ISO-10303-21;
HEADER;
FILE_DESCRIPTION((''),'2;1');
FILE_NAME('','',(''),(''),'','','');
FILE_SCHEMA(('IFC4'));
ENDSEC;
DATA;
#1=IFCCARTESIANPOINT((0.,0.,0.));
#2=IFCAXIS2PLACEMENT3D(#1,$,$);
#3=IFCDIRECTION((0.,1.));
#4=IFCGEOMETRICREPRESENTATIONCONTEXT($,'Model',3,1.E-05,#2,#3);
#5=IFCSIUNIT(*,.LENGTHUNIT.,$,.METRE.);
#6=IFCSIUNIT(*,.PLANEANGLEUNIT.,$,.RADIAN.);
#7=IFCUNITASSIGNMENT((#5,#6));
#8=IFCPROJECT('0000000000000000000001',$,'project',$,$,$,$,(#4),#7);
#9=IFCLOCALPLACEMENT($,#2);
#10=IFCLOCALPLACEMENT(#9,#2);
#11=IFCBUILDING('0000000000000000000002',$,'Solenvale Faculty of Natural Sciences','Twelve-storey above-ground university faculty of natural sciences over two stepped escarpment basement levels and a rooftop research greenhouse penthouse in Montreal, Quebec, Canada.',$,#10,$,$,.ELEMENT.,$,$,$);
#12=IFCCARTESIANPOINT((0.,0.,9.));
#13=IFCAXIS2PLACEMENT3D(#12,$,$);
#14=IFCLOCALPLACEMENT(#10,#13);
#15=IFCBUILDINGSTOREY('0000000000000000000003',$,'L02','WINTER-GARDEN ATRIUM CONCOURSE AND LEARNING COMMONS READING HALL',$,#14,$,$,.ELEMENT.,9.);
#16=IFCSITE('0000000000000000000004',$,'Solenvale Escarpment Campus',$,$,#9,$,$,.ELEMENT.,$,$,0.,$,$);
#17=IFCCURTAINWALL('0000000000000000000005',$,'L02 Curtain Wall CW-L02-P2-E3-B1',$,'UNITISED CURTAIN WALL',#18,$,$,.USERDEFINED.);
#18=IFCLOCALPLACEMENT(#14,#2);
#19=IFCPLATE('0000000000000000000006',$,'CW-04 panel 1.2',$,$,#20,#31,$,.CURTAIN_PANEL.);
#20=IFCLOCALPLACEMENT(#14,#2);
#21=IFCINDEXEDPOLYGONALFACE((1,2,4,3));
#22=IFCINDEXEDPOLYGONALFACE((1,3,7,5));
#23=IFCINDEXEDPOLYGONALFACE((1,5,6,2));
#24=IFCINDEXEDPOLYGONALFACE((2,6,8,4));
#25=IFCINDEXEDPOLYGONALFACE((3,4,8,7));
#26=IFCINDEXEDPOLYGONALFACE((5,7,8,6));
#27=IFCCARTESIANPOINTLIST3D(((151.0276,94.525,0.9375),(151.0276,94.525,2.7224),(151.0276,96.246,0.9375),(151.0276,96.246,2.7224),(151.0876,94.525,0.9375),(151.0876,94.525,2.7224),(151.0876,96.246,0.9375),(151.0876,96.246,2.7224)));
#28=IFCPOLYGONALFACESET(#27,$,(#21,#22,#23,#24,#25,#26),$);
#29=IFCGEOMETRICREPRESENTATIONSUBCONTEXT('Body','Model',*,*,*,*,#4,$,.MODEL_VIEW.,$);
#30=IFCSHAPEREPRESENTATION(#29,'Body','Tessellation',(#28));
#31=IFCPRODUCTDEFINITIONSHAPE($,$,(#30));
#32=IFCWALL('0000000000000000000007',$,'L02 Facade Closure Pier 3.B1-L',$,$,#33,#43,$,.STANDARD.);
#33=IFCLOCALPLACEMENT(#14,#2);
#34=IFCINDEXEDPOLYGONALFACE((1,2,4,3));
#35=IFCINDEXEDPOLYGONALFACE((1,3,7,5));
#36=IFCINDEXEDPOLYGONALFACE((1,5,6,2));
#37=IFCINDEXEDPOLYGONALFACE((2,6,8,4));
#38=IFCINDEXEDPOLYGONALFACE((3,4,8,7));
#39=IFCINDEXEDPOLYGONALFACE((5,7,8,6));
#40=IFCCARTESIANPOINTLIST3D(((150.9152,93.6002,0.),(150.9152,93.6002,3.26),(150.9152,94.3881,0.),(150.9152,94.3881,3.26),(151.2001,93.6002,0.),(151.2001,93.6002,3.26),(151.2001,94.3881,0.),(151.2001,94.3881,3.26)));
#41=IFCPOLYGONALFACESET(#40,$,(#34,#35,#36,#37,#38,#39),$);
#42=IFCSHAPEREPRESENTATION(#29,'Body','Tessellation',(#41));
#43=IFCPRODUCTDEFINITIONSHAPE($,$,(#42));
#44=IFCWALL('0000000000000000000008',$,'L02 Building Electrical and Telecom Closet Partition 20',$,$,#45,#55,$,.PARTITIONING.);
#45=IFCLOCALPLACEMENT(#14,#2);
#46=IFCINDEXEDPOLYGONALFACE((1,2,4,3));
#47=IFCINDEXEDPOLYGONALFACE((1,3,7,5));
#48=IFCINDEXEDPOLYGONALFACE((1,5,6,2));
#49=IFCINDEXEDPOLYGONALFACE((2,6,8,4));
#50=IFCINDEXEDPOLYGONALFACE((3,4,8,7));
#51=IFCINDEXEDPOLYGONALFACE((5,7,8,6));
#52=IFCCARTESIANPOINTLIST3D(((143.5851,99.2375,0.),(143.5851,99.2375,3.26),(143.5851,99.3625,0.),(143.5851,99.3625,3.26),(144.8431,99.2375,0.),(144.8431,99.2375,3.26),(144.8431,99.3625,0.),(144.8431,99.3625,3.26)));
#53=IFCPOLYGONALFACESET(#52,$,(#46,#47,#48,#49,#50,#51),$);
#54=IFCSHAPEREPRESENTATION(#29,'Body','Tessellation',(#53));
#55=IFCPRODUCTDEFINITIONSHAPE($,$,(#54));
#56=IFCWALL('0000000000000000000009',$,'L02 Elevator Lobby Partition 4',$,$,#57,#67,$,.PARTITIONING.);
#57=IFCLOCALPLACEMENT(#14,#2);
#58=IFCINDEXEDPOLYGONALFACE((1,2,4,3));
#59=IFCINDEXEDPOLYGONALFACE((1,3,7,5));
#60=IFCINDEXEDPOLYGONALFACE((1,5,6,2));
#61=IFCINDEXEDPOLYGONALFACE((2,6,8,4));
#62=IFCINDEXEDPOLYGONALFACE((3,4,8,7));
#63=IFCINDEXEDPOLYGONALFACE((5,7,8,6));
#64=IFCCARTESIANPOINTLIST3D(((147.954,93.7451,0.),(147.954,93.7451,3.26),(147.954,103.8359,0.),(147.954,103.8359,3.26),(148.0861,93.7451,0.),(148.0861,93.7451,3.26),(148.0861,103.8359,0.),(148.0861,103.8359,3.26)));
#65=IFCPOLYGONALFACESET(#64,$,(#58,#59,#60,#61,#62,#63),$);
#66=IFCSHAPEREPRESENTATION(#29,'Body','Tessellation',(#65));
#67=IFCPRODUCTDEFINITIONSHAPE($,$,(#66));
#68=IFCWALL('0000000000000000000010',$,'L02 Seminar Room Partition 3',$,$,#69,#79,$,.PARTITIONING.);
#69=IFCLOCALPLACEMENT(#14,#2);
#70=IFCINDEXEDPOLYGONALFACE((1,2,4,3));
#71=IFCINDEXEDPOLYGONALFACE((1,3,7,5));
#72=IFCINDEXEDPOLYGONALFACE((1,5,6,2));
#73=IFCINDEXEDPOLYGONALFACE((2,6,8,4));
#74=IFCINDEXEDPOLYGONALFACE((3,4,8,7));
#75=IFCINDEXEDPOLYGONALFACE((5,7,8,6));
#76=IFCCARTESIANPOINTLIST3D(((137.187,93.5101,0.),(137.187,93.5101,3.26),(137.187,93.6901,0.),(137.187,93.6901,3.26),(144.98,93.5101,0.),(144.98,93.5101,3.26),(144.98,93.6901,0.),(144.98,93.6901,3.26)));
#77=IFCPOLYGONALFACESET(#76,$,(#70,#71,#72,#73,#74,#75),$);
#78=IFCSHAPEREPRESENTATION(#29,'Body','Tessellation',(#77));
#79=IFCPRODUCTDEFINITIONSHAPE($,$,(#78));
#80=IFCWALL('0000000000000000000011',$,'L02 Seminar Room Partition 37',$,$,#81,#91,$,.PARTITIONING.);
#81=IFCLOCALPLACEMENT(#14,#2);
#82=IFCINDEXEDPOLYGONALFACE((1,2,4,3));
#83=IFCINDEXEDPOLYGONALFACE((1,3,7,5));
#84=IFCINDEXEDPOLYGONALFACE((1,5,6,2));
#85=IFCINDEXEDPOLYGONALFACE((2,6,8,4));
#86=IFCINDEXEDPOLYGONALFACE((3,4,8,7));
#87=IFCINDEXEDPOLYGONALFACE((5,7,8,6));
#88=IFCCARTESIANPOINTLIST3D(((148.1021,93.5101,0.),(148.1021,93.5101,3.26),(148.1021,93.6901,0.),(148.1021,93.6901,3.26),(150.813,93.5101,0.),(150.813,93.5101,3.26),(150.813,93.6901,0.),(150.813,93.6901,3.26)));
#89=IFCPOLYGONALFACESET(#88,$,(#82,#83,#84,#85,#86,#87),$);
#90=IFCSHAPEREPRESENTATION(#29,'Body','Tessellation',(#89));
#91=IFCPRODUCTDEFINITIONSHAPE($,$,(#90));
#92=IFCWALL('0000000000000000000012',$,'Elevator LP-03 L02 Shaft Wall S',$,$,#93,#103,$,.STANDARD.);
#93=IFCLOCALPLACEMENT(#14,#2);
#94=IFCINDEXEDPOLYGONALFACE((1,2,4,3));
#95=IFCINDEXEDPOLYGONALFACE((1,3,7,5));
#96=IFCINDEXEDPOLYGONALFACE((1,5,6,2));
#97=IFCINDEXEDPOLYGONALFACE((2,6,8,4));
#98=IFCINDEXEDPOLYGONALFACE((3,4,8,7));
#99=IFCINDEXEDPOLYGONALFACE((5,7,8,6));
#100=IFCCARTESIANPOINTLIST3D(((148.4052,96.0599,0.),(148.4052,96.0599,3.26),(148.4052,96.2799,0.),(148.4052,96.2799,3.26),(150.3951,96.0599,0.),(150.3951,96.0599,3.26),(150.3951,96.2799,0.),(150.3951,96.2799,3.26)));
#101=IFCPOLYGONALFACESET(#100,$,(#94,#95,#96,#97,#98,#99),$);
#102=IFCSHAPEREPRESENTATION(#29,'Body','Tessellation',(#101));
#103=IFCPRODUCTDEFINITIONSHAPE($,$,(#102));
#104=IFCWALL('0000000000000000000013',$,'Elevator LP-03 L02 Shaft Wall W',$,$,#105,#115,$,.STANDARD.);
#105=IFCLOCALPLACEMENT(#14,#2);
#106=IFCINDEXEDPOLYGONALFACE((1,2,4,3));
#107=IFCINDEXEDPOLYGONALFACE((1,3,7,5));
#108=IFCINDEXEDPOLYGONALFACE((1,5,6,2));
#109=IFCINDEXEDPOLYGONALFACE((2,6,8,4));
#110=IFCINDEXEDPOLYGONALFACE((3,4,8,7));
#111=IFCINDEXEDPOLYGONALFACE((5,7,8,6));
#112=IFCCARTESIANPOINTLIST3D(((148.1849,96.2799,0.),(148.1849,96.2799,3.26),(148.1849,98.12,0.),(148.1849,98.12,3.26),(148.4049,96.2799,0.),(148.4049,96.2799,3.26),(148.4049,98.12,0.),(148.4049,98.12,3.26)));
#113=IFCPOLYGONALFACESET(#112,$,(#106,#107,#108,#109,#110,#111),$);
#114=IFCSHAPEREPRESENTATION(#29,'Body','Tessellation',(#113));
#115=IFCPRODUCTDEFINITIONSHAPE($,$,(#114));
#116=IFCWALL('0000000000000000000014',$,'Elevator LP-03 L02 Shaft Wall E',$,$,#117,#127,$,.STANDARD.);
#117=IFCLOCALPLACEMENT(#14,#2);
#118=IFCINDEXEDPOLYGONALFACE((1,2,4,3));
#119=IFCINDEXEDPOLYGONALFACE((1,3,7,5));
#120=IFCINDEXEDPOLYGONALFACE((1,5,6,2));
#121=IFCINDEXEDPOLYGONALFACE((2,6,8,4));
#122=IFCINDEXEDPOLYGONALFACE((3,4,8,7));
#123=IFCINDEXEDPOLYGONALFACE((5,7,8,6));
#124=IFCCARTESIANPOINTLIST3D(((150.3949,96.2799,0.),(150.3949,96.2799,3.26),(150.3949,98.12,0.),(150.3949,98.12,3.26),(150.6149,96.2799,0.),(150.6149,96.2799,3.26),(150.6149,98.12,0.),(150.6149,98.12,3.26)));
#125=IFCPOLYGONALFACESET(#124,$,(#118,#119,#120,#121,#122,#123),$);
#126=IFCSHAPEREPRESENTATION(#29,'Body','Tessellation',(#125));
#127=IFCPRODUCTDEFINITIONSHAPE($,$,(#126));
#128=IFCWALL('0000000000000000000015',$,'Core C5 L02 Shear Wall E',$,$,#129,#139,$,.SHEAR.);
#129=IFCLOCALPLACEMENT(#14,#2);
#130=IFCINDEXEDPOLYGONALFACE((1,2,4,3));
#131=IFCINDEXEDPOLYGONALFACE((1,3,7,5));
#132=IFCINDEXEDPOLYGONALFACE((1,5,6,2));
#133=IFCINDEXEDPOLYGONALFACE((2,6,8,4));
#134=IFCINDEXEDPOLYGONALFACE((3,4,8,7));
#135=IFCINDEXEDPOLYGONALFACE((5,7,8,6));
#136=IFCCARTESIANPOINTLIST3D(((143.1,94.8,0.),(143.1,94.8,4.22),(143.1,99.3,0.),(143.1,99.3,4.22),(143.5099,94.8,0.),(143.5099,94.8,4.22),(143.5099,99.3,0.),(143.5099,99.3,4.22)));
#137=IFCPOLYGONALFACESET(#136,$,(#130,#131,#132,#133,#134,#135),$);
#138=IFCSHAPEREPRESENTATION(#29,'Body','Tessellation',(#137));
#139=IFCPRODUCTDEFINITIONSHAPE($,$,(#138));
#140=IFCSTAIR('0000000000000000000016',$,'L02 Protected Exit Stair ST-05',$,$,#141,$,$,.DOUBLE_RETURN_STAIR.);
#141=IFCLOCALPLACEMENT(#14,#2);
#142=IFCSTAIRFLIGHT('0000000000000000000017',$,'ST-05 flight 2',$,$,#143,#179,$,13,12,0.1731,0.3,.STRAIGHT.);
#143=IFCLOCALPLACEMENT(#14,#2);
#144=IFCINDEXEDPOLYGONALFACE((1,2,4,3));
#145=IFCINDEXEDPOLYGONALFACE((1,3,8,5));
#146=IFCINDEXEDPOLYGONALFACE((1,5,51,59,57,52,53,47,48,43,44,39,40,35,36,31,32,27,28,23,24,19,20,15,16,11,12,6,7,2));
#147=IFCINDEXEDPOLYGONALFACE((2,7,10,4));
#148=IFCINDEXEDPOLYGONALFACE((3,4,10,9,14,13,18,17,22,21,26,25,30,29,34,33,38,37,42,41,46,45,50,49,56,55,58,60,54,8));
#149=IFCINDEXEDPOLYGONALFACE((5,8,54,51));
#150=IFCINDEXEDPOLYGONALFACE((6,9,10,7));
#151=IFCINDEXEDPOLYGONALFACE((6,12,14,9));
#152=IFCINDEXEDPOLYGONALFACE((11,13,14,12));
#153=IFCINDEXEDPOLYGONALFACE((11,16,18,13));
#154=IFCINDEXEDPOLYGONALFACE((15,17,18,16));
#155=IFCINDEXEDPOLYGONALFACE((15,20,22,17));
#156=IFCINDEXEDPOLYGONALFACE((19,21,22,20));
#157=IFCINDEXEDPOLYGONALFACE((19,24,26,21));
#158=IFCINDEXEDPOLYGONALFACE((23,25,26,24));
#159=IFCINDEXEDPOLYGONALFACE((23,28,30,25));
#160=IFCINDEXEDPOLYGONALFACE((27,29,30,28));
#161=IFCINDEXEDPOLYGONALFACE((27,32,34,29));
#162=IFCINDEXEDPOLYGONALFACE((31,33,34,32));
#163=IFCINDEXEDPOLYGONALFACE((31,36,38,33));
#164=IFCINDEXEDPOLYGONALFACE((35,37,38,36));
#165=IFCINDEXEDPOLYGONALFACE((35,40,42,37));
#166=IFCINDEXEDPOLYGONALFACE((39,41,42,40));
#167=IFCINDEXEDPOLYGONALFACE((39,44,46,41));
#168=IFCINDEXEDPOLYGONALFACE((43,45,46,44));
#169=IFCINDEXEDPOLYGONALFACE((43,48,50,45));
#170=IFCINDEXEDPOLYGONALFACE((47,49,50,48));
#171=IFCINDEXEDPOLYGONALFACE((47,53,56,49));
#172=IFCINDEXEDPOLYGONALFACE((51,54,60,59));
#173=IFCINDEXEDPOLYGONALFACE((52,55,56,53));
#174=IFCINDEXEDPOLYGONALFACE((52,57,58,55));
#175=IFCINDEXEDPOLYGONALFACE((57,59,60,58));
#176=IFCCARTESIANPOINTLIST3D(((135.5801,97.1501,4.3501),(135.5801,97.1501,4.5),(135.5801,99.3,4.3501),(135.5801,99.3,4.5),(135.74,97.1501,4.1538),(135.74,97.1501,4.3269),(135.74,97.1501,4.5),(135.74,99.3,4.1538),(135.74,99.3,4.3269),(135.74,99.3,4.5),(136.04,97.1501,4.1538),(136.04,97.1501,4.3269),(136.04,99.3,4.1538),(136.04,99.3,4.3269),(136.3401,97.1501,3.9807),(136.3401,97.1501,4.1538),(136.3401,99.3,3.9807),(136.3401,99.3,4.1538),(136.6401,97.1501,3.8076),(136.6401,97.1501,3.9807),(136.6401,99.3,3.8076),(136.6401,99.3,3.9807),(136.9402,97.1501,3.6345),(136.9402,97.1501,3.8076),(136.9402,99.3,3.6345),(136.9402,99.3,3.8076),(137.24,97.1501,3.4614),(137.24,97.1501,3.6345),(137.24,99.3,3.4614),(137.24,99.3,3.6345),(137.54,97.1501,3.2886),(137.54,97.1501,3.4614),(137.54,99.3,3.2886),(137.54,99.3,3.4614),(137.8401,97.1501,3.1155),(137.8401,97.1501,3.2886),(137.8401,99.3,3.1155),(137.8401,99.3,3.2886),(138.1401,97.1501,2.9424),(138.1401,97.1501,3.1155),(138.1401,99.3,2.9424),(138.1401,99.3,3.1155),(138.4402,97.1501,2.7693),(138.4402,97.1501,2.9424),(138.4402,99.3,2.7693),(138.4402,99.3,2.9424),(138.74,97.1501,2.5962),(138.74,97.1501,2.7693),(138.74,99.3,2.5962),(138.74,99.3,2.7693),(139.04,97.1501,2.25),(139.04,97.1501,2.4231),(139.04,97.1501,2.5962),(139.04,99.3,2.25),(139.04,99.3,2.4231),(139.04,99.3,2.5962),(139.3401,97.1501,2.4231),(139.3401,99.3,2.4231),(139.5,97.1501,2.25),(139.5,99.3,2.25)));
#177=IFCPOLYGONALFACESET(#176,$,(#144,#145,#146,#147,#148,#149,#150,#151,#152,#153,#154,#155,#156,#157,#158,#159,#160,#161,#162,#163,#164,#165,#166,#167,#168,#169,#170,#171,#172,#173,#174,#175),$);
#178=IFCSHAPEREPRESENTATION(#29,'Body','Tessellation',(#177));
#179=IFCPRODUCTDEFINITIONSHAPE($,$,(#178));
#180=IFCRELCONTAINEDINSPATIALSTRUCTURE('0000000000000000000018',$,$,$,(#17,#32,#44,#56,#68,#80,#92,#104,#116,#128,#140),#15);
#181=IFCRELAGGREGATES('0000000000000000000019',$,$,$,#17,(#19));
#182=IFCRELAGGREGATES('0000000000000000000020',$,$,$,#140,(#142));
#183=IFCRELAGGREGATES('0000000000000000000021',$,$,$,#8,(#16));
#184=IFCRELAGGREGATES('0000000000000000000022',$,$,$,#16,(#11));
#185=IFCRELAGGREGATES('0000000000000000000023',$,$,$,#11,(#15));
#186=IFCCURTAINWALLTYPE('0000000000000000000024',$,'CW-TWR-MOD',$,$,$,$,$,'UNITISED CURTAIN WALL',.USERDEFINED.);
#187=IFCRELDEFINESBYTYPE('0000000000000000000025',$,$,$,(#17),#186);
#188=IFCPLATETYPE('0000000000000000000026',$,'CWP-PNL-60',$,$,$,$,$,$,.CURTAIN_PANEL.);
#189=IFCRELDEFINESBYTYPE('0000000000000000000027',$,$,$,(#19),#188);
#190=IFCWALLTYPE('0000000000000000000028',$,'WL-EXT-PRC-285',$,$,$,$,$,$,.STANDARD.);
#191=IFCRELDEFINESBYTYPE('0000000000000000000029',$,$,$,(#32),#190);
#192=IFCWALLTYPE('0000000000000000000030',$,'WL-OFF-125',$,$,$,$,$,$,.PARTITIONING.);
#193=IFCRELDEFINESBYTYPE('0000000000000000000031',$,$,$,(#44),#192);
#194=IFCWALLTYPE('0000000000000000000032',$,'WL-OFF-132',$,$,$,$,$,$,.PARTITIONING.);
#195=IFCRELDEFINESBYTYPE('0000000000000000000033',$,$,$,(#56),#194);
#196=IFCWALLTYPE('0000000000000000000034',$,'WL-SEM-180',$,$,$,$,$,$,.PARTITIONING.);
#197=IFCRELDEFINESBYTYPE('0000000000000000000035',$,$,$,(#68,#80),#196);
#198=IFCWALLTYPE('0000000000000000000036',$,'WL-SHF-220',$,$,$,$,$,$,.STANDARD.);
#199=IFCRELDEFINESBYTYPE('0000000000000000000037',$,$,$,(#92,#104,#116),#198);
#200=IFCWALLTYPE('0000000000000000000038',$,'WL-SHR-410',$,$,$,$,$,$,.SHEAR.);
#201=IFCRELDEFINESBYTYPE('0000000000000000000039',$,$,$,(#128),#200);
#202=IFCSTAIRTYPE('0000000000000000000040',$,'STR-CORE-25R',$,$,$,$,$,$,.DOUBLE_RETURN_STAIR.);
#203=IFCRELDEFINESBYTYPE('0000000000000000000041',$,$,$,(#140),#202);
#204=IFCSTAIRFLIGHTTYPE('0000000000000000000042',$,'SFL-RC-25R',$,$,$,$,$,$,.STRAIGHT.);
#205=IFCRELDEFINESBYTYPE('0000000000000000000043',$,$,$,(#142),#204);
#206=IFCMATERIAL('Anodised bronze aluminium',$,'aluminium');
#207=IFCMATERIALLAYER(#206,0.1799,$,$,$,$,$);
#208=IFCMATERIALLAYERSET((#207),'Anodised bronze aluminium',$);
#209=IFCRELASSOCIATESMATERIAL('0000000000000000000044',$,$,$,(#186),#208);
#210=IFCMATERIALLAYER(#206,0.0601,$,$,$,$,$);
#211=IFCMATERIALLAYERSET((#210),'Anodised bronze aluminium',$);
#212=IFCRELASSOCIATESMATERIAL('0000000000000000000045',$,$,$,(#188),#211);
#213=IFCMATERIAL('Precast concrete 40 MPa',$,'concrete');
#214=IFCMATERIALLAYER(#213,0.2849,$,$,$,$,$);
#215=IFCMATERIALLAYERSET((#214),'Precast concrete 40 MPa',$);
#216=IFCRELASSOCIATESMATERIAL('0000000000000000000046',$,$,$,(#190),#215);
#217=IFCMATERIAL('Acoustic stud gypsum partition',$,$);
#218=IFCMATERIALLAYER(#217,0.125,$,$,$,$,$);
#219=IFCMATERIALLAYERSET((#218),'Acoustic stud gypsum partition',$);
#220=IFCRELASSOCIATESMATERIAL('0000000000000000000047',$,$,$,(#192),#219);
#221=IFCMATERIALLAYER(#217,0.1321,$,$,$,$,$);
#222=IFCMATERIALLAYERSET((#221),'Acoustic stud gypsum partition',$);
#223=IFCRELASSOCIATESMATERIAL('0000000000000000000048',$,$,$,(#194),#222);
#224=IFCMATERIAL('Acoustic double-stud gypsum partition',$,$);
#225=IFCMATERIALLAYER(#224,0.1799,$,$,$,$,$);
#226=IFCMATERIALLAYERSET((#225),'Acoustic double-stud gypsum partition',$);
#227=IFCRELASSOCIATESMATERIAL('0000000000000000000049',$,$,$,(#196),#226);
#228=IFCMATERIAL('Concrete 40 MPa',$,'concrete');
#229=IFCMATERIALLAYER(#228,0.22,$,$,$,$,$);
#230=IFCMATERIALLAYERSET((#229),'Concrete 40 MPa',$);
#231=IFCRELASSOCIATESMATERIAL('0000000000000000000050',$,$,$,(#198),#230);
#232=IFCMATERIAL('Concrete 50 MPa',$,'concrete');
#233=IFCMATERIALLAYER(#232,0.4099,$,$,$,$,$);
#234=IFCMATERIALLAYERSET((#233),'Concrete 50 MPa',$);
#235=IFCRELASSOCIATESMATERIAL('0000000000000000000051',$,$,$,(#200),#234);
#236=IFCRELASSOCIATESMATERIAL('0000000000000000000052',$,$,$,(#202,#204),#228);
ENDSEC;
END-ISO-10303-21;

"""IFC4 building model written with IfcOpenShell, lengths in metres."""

from ifc_helpers import new_model, si_unit, direction, frame, frame_2d, origin, origin_2d, place, context, subcontext, project, spatial, polyline, rectangle, outline, extrude, material, layer, layer_set, type_object, element, aggregate, save


model = new_model("IFC4")

# Units and contexts
model_context = context("Model", 3, precision=1e-05, world=origin(), true_north=direction((0.0, 1.0)))
body_context = subcontext(model_context, "Body", "Model", "MODEL_VIEW")
ifc_project = project(units=[si_unit("LENGTHUNIT", "METRE"), si_unit("PLANEANGLEUNIT", "RADIAN")], contexts=[model_context])

# Site, building, storey
site_placement = place(None, origin())
site = spatial("IfcSite", under=ifc_project, at=site_placement, Name="Solenvale Escarpment Campus", CompositionType="ELEMENT", RefElevation=0.0)
building_placement = place(site_placement, origin())
building = spatial("IfcBuilding", under=site, at=building_placement, Name="Solenvale Faculty of Natural Sciences", Description="Twelve-storey above-ground university faculty of natural sciences over two stepped escarpment basement levels and a rooftop research greenhouse penthouse in Montreal, Quebec, Canada.", CompositionType="ELEMENT")
storey_placement = place(building_placement, frame((0.0, 0.0, 9.0)))
storey = spatial("IfcBuildingStorey", under=building, at=storey_placement, Name="L02", Description="WINTER-GARDEN ATRIUM CONCOURSE AND LEARNING COMMONS READING HALL", CompositionType="ELEMENT", Elevation=9.0)

# Shared definitions
ifc_material_1 = material(Name="Concrete 50 MPa", Category="concrete")

# Shared definitions
ifc_material_2 = material(Name="Concrete 40 MPa", Category="concrete")

# Curtain wall, plate
ifc_material_3 = material(Name="Anodised bronze aluminium", Category="aluminium")
ifc_layer_1 = layer(ifc_material_3, 0.1799)
ifc_layer_set_1 = layer_set([ifc_layer_1], Name="Anodised bronze aluminium")
curtain_wall_type = type_object("IfcCurtainWallType", Name="CW-TWR-MOD", ElementType="UNITISED CURTAIN WALL", PredefinedType="USERDEFINED", material=ifc_layer_set_1)
curtain_wall_placement = place(storey_placement, origin())
curtain_wall = element("IfcCurtainWall", 1, at=curtain_wall_placement, inside=storey, type_object=curtain_wall_type, Name="L02 Curtain Wall CW-L02-P2-E3-B1", ObjectType="UNITISED CURTAIN WALL", PredefinedType="USERDEFINED")
ifc_layer_2 = layer(ifc_material_3, 0.0601)
ifc_layer_set_2 = layer_set([ifc_layer_2], Name="Anodised bronze aluminium")
plate_type = type_object("IfcPlateType", Name="CWP-PNL-60", PredefinedType="CURTAIN_PANEL", material=ifc_layer_set_2)
plate_1_placement = place(storey_placement, frame((151.0576, 95.3855, 0.9375), z_axis=(0.0, 0.0, 1.0), x_axis=(0.0, 1.0, 0.0)))
plate_1 = element("IfcPlate", 2, at=plate_1_placement, type_object=plate_type, Name="CW-04 panel 1.2", PredefinedType="CURTAIN_PANEL", context=body_context, shape_type="SweptSolid", body=[
    extrude(rectangle(XDim=1.7209, YDim=0.0601, at=origin_2d()), origin(), (0.0, 0.0, 1.0), 1.7849),
])
aggregate(curtain_wall, [plate_1])

# Walls
ifc_material_4 = material(Name="Precast concrete 40 MPa", Category="concrete")
ifc_layer_3 = layer(ifc_material_4, 0.2849)
ifc_layer_set_3 = layer_set([ifc_layer_3], Name="Precast concrete 40 MPa")
wall_type_1 = type_object("IfcWallType", Name="WL-EXT-PRC-285", PredefinedType="STANDARD", material=ifc_layer_set_3)
wall_1_placement = place(storey_placement, frame((151.0576, 93.6001, 0.0), z_axis=(0.0, 0.0, 1.0), x_axis=(0.0, 1.0, 0.0)))
element("IfcWall", 3, at=wall_1_placement, inside=storey, type_object=wall_type_1, Name="L02 Facade Closure Pier 3.B1-L", PredefinedType="STANDARD", context=body_context, shape_type="SweptSolid", body=[
    extrude(rectangle(XDim=0.7878, YDim=0.2849, at=frame_2d((0.394, 0.0))), origin(), (0.0, 0.0, 1.0), 3.26),
])
ifc_material_5 = material(Name="Acoustic stud gypsum partition")
ifc_layer_4 = layer(ifc_material_5, 0.125)
ifc_layer_set_4 = layer_set([ifc_layer_4], Name="Acoustic stud gypsum partition")
wall_type_2 = type_object("IfcWallType", Name="WL-OFF-125", PredefinedType="PARTITIONING", material=ifc_layer_set_4)
wall_2_placement = place(storey_placement, frame((144.843, 99.3, 0.0), z_axis=(0.0, 0.0, 1.0), x_axis=(-1.0, 0.0, 0.0)))
element("IfcWall", 4, at=wall_2_placement, inside=storey, type_object=wall_type_2, Name="L02 Building Electrical and Telecom Closet Partition 20", PredefinedType="PARTITIONING", context=body_context, shape_type="SweptSolid", body=[
    extrude(rectangle(XDim=1.2581, YDim=0.125, at=frame_2d((0.6289, 0.0))), origin(), (0.0, 0.0, 1.0), 3.26),
])
ifc_layer_5 = layer(ifc_material_5, 0.1321)
ifc_layer_set_5 = layer_set([ifc_layer_5], Name="Acoustic stud gypsum partition")
wall_type_3 = type_object("IfcWallType", Name="WL-OFF-132", PredefinedType="PARTITIONING", material=ifc_layer_set_5)
wall_3_placement = place(storey_placement, frame((148.02, 93.7451, 0.0), z_axis=(0.0, 0.0, 1.0), x_axis=(0.0, 1.0, 0.0)))
element("IfcWall", 5, at=wall_3_placement, inside=storey, type_object=wall_type_3, Name="L02 Elevator Lobby Partition 4", PredefinedType="PARTITIONING", context=body_context, shape_type="SweptSolid", body=[
    extrude(rectangle(XDim=10.0908, YDim=0.1321, at=frame_2d((5.0454, 0.0))), origin(), (0.0, 0.0, 1.0), 3.26),
])
ifc_material_6 = material(Name="Acoustic double-stud gypsum partition")
ifc_layer_6 = layer(ifc_material_6, 0.1799)
ifc_layer_set_6 = layer_set([ifc_layer_6], Name="Acoustic double-stud gypsum partition")
wall_type_4 = type_object("IfcWallType", Name="WL-SEM-180", PredefinedType="PARTITIONING", material=ifc_layer_set_6)
wall_4_placement = place(storey_placement, frame((137.187, 93.6001, 0.0), z_axis=(0.0, 0.0, 1.0), x_axis=(1.0, 0.0, 0.0)))
element("IfcWall", 6, at=wall_4_placement, inside=storey, type_object=wall_type_4, Name="L02 Seminar Room Partition 3", PredefinedType="PARTITIONING", context=body_context, shape_type="SweptSolid", body=[
    extrude(rectangle(XDim=7.793, YDim=0.1799, at=frame_2d((3.8965, 0.0))), origin(), (0.0, 0.0, 1.0), 3.26),
])

# Walls
wall_5_placement = place(storey_placement, frame((148.1021, 93.6001, 0.0), z_axis=(0.0, 0.0, 1.0), x_axis=(1.0, 0.0, 0.0)))
element("IfcWall", 7, at=wall_5_placement, inside=storey, type_object=wall_type_4, Name="L02 Seminar Room Partition 37", PredefinedType="PARTITIONING", context=body_context, shape_type="SweptSolid", body=[
    extrude(rectangle(XDim=2.7109, YDim=0.1799, at=frame_2d((1.3555, 0.0))), origin(), (0.0, 0.0, 1.0), 3.26),
])
ifc_layer_7 = layer(ifc_material_2, 0.22)
ifc_layer_set_7 = layer_set([ifc_layer_7], Name="Concrete 40 MPa")
wall_type_5 = type_object("IfcWallType", Name="WL-SHF-220", PredefinedType="STANDARD", material=ifc_layer_set_7)
wall_6_placement = place(storey_placement, frame((148.405, 96.1699, 0.0), z_axis=(0.0, 0.0, 1.0), x_axis=(1.0, 0.0, 0.0)))
element("IfcWall", 8, at=wall_6_placement, inside=storey, type_object=wall_type_5, Name="Elevator LP-03 L02 Shaft Wall S", PredefinedType="STANDARD", context=body_context, shape_type="SweptSolid", body=[
    extrude(rectangle(XDim=1.99, YDim=0.22, at=frame_2d((0.9951, 0.0))), origin(), (0.0, 0.0, 1.0), 3.26),
])

# Walls
for number, where, z_axis, x_axis, name in (
    (9, (148.2949, 96.28, 0.0), (0.0, 0.0, 1.0), (0.0, 1.0, 0.0), "Elevator LP-03 L02 Shaft Wall W"),
    (10, (150.5049, 96.28, 0.0), (0.0, 0.0, 1.0), (0.0, 1.0, 0.0), "Elevator LP-03 L02 Shaft Wall E"),
):
    element("IfcWall", number, at=place(storey_placement, frame(where, z_axis=z_axis, x_axis=x_axis)), inside=storey, type_object=wall_type_5, Name=name, PredefinedType="STANDARD", context=body_context, shape_type="SweptSolid", body=[
        extrude(rectangle(XDim=1.8401, YDim=0.22, at=frame_2d((0.9199, 0.0))), origin(), (0.0, 0.0, 1.0), 3.26),
    ])
ifc_layer_8 = layer(ifc_material_1, 0.4099)
ifc_layer_set_8 = layer_set([ifc_layer_8], Name="Concrete 50 MPa")
wall_type_6 = type_object("IfcWallType", Name="WL-SHR-410", PredefinedType="SHEAR", material=ifc_layer_set_8)
wall_7_placement = place(storey_placement, frame((143.3049, 94.8, 0.0), z_axis=(0.0, 0.0, 1.0), x_axis=(0.0, 1.0, 0.0)))
element("IfcWall", 11, at=wall_7_placement, inside=storey, type_object=wall_type_6, Name="Core C5 L02 Shear Wall E", PredefinedType="SHEAR", context=body_context, shape_type="SweptSolid", body=[
    extrude(rectangle(XDim=4.5, YDim=0.4099, at=frame_2d((2.25, 0.0))), origin(), (0.0, 0.0, 1.0), 4.22),
])

# Stair, stair flight
stair_type = type_object("IfcStairType", Name="STR-CORE-25R", PredefinedType="DOUBLE_RETURN_STAIR", material=ifc_material_2)
stair_placement = place(storey_placement, origin())
stair = element("IfcStair", 12, at=stair_placement, inside=storey, type_object=stair_type, Name="L02 Protected Exit Stair ST-05", PredefinedType="DOUBLE_RETURN_STAIR")
stair_flight_type = type_object("IfcStairFlightType", Name="SFL-RC-25R", PredefinedType="STRAIGHT", material=ifc_material_2)
stair_flight_placement = place(storey_placement, frame((139.3401, 98.2251, 2.25), z_axis=(0.0, 0.0, 1.0), x_axis=(-1.0, 0.0, 0.0)))
stair_flight = element("IfcStairFlight", 13, at=stair_flight_placement, type_object=stair_flight_type, Name="ST-05 flight 2", NumberOfRisers=13, NumberOfTreads=12, PredefinedType="STRAIGHT", RiserHeight=0.1731, TreadLength=0.3, context=body_context, shape_type="SweptSolid", body=[
    extrude(outline(polyline([(-0.1599, 0.0), (0.0, 0.1731), (0.3, 0.1731), (0.3, 0.3462), (0.6001, 0.3462), (0.6001, 0.5193), (0.8999, 0.5193), (0.8999, 0.6924), (1.2, 0.6924), (1.2, 0.8655), (1.5, 0.8655), (1.5, 1.0386), (1.8, 1.0386), (1.8, 1.2114), (2.1001, 1.2114), (2.1001, 1.3845), (2.3999, 1.3845), (2.3999, 1.5576), (2.7, 1.5576), (2.7, 1.7307), (3.0, 1.7307), (3.0, 1.9038), (3.3, 1.9038), (3.3, 2.0769), (3.6001, 2.0769), (3.6001, 2.25), (3.76, 2.25), (3.76, 2.1001), (3.6001, 1.9038), (0.3, 0.0), (-0.1599, 0.0)])), frame((0.0, 1.075, 0.0), z_axis=(0.0, -1.0, 0.0), x_axis=(1.0, 0.0, 0.0)), (0.0, 0.0, 1.0), 2.1499),
])
aggregate(stair, [stair_flight])

save(model, "model.ifc")
